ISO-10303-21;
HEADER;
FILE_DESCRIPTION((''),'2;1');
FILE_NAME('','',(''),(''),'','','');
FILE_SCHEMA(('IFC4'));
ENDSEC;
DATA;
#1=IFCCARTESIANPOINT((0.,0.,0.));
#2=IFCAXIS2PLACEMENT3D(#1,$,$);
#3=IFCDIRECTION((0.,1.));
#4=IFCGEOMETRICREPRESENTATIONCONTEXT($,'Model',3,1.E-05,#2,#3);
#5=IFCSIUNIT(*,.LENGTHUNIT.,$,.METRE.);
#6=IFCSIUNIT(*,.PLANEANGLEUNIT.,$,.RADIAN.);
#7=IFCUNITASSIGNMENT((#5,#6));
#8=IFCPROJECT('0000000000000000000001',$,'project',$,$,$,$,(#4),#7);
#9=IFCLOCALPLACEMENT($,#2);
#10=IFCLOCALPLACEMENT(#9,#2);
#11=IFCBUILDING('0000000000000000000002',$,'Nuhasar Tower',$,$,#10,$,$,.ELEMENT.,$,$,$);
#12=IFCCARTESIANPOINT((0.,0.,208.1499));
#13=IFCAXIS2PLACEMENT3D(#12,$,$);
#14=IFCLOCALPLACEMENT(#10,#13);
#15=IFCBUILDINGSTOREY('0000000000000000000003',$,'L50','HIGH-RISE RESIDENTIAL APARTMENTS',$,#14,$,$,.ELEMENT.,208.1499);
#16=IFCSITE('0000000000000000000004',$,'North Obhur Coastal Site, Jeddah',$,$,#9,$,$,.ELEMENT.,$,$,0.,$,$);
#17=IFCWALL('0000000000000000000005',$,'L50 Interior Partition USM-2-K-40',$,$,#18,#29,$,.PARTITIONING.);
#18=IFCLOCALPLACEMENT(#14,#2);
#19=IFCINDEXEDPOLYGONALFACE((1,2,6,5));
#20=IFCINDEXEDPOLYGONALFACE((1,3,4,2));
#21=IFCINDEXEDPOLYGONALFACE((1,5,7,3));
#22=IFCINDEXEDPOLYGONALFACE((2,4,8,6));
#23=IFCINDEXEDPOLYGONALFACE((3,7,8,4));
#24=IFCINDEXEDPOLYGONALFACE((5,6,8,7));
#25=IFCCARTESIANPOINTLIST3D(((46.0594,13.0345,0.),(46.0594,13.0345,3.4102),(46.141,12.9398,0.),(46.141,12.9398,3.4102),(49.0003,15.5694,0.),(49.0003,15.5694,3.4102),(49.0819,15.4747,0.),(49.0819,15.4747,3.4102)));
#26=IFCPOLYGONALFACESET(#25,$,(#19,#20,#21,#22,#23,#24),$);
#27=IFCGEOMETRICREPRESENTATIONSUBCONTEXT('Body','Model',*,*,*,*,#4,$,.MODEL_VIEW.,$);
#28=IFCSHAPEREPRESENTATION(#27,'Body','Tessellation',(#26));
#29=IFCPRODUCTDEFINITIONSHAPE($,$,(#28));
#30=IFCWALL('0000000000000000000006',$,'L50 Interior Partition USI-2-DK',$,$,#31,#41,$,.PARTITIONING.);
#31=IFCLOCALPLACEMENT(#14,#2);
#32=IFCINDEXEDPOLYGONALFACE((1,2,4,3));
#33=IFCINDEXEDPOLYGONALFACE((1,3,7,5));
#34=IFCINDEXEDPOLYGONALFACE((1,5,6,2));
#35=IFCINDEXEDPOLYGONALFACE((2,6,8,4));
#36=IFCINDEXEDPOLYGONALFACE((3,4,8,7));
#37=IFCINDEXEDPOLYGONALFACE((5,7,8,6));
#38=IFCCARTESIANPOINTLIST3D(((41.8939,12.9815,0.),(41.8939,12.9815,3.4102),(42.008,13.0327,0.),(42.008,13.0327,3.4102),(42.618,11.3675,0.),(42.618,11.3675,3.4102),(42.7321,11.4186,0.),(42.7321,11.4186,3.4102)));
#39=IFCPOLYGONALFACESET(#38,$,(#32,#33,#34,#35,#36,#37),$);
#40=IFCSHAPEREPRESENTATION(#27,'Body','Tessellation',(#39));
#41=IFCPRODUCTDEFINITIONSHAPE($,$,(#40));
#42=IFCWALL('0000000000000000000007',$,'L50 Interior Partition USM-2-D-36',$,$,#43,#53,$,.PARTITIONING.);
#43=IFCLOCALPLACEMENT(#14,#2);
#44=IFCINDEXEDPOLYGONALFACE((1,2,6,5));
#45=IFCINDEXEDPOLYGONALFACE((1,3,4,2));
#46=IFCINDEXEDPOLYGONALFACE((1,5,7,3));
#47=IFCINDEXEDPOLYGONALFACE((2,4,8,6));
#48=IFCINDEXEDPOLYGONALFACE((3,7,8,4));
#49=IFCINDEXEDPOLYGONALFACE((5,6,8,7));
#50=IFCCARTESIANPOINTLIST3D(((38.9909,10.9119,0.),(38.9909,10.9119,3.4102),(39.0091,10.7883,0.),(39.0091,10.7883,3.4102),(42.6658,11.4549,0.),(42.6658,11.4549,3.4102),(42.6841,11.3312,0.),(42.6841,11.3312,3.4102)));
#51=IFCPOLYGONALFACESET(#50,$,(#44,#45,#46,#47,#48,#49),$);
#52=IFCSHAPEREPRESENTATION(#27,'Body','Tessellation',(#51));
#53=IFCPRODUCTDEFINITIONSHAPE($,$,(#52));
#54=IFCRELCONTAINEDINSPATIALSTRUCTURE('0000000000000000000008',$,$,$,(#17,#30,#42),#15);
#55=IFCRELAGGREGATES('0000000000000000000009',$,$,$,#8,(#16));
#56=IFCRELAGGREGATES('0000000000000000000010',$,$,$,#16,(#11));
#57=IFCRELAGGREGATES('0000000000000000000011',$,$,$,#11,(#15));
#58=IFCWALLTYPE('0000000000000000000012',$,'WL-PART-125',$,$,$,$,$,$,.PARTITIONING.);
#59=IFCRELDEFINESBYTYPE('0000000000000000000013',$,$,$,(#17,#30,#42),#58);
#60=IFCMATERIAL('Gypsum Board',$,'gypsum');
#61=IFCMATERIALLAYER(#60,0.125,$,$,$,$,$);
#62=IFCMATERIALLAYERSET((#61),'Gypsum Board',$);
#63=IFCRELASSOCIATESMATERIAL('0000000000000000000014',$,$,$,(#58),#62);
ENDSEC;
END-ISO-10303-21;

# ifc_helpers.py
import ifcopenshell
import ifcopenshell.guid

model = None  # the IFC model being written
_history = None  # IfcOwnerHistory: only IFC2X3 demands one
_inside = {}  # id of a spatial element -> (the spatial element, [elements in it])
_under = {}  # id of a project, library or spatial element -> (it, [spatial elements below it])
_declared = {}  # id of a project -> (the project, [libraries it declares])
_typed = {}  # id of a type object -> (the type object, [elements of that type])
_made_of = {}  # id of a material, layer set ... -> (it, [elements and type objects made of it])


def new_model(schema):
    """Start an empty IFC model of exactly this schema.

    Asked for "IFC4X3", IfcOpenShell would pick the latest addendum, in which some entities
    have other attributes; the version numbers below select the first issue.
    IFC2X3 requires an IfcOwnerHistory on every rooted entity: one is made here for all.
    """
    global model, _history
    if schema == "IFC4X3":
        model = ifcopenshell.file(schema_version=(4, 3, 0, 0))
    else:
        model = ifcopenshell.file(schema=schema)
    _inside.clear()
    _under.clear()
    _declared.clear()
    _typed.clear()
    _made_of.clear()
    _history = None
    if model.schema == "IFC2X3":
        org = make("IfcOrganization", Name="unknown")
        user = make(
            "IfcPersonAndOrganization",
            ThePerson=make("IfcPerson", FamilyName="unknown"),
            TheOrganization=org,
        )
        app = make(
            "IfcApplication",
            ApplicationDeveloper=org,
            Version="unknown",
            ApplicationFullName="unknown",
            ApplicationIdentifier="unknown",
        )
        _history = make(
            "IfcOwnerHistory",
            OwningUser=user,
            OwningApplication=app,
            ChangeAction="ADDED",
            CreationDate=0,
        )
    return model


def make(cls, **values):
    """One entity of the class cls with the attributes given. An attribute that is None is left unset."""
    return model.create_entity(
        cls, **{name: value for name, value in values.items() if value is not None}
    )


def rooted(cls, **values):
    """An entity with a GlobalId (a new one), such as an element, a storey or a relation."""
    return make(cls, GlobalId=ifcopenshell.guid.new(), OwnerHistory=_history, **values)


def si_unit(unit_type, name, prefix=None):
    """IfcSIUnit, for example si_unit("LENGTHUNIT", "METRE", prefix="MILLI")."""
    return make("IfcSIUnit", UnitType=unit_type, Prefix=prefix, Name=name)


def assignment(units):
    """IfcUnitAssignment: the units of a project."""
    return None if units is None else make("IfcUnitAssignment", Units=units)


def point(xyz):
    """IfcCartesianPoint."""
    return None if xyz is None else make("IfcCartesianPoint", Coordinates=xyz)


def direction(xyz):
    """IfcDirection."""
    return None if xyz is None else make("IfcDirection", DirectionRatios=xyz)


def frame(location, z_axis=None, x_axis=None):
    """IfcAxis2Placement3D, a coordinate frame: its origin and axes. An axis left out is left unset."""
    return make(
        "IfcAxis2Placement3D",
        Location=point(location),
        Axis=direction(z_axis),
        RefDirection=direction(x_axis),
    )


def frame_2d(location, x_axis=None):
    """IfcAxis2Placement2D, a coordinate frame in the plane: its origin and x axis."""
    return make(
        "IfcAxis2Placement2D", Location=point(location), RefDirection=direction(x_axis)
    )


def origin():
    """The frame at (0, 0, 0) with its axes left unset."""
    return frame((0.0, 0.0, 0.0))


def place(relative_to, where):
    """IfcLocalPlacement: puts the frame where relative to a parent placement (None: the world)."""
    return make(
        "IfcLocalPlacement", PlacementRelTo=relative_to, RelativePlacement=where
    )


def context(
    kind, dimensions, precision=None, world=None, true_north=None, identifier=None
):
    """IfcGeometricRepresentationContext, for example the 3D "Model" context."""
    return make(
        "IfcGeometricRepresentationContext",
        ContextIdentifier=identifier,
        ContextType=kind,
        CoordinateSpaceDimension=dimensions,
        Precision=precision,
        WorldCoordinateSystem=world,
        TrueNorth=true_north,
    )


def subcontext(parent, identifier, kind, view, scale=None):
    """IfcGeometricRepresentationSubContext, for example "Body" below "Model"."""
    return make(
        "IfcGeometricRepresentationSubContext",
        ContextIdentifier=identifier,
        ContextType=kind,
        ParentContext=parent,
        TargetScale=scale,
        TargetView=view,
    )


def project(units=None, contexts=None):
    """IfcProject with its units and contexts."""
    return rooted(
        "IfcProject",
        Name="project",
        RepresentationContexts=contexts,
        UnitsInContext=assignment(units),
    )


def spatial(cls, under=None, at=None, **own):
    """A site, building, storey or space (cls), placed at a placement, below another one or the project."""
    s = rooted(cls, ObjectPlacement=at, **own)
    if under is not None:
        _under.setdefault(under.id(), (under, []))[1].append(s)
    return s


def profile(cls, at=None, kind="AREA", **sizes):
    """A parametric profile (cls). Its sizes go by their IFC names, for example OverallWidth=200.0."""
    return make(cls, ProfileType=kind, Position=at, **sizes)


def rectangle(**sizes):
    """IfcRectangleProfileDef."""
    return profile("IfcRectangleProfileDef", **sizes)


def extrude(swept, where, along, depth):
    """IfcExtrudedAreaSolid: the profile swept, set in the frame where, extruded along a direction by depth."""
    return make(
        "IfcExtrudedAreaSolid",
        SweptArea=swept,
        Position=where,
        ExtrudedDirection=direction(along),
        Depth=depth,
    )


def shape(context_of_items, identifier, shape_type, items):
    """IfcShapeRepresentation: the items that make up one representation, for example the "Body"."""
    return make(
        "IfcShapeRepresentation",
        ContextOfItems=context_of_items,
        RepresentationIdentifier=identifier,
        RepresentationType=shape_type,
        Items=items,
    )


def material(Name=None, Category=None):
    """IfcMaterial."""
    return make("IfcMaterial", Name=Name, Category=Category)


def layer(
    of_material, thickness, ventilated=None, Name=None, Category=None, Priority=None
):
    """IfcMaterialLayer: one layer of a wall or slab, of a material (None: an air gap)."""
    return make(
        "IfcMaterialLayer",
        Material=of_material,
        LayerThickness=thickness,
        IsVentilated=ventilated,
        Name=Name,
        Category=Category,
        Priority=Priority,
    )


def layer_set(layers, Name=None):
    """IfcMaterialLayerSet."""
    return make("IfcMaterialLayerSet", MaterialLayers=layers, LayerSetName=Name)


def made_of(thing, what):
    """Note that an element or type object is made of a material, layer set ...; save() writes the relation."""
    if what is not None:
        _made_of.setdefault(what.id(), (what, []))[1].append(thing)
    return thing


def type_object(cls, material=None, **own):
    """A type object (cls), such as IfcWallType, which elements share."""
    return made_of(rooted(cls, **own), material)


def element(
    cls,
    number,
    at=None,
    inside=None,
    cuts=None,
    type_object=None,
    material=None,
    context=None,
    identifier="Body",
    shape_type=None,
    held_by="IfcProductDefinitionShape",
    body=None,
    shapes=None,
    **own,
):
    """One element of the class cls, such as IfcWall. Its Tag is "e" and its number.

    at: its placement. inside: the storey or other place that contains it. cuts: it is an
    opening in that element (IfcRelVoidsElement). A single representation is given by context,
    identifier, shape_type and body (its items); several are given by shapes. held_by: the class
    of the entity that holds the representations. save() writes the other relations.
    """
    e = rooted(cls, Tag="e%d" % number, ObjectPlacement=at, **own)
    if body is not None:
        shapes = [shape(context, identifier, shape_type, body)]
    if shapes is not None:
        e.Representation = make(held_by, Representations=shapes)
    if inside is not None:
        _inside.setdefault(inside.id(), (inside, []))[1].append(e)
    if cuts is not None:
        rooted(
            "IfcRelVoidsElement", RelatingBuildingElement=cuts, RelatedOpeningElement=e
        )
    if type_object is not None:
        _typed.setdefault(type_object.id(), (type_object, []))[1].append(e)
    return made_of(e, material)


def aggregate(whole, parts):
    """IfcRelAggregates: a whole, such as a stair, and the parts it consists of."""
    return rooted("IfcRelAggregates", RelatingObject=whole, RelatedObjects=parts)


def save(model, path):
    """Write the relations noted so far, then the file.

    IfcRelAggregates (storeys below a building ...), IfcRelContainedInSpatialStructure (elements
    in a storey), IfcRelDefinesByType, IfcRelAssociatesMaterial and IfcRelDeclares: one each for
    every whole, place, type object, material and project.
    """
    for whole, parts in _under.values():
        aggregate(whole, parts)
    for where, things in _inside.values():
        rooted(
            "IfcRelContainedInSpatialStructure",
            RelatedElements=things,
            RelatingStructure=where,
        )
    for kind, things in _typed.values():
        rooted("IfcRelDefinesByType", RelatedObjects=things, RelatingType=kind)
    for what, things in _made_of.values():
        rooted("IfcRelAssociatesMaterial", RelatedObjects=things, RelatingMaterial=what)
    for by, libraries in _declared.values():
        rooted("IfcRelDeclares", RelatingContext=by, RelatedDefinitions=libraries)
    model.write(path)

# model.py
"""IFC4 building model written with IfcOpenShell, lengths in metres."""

from ifc_helpers import new_model, si_unit, direction, frame, frame_2d, origin, place, context, subcontext, project, spatial, rectangle, extrude, material, layer, layer_set, type_object, element, save


model = new_model("IFC4")

# Units and contexts
model_context = context("Model", 3, precision=1e-05, world=origin(), true_north=direction((0.0, 1.0)))
body_context = subcontext(model_context, "Body", "Model", "MODEL_VIEW")
ifc_project = project(units=[si_unit("LENGTHUNIT", "METRE"), si_unit("PLANEANGLEUNIT", "RADIAN")], contexts=[model_context])

# Site, building, storey
site_placement = place(None, origin())
site = spatial("IfcSite", under=ifc_project, at=site_placement, Name="North Obhur Coastal Site, Jeddah", CompositionType="ELEMENT", RefElevation=0.0)
building_placement = place(site_placement, origin())
building = spatial("IfcBuilding", under=site, at=building_placement, Name="Nuhasar Tower", CompositionType="ELEMENT")
storey_placement = place(building_placement, frame((0.0, 0.0, 208.1499)))
storey = spatial("IfcBuildingStorey", under=building, at=storey_placement, Name="L50", Description="HIGH-RISE RESIDENTIAL APARTMENTS", CompositionType="ELEMENT", Elevation=208.1499)

# Shared definitions
ifc_material_1 = material(Name="Gypsum Board", Category="gypsum")

# Shared definitions
ifc_layer_1 = layer(ifc_material_1, 0.125)
ifc_layer_set_1 = layer_set([ifc_layer_1], Name="Gypsum Board")
wall_type_1 = type_object("IfcWallType", Name="WL-PART-125", PredefinedType="PARTITIONING", material=ifc_layer_set_1)

# Walls
wall_1_placement = place(storey_placement, frame((46.1001, 12.9871, 0.0), z_axis=(0.0, 0.0, 1.0), x_axis=(0.757456, 0.652886, 0.0)))
element("IfcWall", 1, at=wall_1_placement, inside=storey, type_object=wall_type_1, Name="L50 Interior Partition USM-2-K-40", PredefinedType="PARTITIONING", context=body_context, shape_type="SweptSolid", body=[
    extrude(rectangle(XDim=3.8826, YDim=0.125, at=frame_2d((1.9414, 0.0))), origin(), (0.0, 0.0, 1.0), 3.4102),
])
wall_2_placement = place(storey_placement, frame((41.9509, 13.0071, 0.0), z_axis=(0.0, 0.0, 1.0), x_axis=(0.409337, -0.912383, 0.0)))
element("IfcWall", 2, at=wall_2_placement, inside=storey, type_object=wall_type_1, Name="L50 Interior Partition USI-2-DK", PredefinedType="PARTITIONING", context=body_context, shape_type="SweptSolid", body=[
    extrude(rectangle(XDim=1.769, YDim=0.125, at=frame_2d((0.8845, 0.0))), origin(), (0.0, 0.0, 1.0), 3.4102),
])
wall_3_placement = place(storey_placement, frame((39.0, 10.8501, 0.0), z_axis=(0.0, 0.0, 1.0), x_axis=(0.989261, 0.146158, 0.0)))
element("IfcWall", 3, at=wall_3_placement, inside=storey, type_object=wall_type_1, Name="L50 Interior Partition USM-2-D-36", PredefinedType="PARTITIONING", context=body_context, shape_type="SweptSolid", body=[
    extrude(rectangle(XDim=3.7148, YDim=0.125, at=frame_2d((1.8574, 0.0))), origin(), (0.0, 0.0, 1.0), 3.4102),
])

save(model, "model.ifc")
